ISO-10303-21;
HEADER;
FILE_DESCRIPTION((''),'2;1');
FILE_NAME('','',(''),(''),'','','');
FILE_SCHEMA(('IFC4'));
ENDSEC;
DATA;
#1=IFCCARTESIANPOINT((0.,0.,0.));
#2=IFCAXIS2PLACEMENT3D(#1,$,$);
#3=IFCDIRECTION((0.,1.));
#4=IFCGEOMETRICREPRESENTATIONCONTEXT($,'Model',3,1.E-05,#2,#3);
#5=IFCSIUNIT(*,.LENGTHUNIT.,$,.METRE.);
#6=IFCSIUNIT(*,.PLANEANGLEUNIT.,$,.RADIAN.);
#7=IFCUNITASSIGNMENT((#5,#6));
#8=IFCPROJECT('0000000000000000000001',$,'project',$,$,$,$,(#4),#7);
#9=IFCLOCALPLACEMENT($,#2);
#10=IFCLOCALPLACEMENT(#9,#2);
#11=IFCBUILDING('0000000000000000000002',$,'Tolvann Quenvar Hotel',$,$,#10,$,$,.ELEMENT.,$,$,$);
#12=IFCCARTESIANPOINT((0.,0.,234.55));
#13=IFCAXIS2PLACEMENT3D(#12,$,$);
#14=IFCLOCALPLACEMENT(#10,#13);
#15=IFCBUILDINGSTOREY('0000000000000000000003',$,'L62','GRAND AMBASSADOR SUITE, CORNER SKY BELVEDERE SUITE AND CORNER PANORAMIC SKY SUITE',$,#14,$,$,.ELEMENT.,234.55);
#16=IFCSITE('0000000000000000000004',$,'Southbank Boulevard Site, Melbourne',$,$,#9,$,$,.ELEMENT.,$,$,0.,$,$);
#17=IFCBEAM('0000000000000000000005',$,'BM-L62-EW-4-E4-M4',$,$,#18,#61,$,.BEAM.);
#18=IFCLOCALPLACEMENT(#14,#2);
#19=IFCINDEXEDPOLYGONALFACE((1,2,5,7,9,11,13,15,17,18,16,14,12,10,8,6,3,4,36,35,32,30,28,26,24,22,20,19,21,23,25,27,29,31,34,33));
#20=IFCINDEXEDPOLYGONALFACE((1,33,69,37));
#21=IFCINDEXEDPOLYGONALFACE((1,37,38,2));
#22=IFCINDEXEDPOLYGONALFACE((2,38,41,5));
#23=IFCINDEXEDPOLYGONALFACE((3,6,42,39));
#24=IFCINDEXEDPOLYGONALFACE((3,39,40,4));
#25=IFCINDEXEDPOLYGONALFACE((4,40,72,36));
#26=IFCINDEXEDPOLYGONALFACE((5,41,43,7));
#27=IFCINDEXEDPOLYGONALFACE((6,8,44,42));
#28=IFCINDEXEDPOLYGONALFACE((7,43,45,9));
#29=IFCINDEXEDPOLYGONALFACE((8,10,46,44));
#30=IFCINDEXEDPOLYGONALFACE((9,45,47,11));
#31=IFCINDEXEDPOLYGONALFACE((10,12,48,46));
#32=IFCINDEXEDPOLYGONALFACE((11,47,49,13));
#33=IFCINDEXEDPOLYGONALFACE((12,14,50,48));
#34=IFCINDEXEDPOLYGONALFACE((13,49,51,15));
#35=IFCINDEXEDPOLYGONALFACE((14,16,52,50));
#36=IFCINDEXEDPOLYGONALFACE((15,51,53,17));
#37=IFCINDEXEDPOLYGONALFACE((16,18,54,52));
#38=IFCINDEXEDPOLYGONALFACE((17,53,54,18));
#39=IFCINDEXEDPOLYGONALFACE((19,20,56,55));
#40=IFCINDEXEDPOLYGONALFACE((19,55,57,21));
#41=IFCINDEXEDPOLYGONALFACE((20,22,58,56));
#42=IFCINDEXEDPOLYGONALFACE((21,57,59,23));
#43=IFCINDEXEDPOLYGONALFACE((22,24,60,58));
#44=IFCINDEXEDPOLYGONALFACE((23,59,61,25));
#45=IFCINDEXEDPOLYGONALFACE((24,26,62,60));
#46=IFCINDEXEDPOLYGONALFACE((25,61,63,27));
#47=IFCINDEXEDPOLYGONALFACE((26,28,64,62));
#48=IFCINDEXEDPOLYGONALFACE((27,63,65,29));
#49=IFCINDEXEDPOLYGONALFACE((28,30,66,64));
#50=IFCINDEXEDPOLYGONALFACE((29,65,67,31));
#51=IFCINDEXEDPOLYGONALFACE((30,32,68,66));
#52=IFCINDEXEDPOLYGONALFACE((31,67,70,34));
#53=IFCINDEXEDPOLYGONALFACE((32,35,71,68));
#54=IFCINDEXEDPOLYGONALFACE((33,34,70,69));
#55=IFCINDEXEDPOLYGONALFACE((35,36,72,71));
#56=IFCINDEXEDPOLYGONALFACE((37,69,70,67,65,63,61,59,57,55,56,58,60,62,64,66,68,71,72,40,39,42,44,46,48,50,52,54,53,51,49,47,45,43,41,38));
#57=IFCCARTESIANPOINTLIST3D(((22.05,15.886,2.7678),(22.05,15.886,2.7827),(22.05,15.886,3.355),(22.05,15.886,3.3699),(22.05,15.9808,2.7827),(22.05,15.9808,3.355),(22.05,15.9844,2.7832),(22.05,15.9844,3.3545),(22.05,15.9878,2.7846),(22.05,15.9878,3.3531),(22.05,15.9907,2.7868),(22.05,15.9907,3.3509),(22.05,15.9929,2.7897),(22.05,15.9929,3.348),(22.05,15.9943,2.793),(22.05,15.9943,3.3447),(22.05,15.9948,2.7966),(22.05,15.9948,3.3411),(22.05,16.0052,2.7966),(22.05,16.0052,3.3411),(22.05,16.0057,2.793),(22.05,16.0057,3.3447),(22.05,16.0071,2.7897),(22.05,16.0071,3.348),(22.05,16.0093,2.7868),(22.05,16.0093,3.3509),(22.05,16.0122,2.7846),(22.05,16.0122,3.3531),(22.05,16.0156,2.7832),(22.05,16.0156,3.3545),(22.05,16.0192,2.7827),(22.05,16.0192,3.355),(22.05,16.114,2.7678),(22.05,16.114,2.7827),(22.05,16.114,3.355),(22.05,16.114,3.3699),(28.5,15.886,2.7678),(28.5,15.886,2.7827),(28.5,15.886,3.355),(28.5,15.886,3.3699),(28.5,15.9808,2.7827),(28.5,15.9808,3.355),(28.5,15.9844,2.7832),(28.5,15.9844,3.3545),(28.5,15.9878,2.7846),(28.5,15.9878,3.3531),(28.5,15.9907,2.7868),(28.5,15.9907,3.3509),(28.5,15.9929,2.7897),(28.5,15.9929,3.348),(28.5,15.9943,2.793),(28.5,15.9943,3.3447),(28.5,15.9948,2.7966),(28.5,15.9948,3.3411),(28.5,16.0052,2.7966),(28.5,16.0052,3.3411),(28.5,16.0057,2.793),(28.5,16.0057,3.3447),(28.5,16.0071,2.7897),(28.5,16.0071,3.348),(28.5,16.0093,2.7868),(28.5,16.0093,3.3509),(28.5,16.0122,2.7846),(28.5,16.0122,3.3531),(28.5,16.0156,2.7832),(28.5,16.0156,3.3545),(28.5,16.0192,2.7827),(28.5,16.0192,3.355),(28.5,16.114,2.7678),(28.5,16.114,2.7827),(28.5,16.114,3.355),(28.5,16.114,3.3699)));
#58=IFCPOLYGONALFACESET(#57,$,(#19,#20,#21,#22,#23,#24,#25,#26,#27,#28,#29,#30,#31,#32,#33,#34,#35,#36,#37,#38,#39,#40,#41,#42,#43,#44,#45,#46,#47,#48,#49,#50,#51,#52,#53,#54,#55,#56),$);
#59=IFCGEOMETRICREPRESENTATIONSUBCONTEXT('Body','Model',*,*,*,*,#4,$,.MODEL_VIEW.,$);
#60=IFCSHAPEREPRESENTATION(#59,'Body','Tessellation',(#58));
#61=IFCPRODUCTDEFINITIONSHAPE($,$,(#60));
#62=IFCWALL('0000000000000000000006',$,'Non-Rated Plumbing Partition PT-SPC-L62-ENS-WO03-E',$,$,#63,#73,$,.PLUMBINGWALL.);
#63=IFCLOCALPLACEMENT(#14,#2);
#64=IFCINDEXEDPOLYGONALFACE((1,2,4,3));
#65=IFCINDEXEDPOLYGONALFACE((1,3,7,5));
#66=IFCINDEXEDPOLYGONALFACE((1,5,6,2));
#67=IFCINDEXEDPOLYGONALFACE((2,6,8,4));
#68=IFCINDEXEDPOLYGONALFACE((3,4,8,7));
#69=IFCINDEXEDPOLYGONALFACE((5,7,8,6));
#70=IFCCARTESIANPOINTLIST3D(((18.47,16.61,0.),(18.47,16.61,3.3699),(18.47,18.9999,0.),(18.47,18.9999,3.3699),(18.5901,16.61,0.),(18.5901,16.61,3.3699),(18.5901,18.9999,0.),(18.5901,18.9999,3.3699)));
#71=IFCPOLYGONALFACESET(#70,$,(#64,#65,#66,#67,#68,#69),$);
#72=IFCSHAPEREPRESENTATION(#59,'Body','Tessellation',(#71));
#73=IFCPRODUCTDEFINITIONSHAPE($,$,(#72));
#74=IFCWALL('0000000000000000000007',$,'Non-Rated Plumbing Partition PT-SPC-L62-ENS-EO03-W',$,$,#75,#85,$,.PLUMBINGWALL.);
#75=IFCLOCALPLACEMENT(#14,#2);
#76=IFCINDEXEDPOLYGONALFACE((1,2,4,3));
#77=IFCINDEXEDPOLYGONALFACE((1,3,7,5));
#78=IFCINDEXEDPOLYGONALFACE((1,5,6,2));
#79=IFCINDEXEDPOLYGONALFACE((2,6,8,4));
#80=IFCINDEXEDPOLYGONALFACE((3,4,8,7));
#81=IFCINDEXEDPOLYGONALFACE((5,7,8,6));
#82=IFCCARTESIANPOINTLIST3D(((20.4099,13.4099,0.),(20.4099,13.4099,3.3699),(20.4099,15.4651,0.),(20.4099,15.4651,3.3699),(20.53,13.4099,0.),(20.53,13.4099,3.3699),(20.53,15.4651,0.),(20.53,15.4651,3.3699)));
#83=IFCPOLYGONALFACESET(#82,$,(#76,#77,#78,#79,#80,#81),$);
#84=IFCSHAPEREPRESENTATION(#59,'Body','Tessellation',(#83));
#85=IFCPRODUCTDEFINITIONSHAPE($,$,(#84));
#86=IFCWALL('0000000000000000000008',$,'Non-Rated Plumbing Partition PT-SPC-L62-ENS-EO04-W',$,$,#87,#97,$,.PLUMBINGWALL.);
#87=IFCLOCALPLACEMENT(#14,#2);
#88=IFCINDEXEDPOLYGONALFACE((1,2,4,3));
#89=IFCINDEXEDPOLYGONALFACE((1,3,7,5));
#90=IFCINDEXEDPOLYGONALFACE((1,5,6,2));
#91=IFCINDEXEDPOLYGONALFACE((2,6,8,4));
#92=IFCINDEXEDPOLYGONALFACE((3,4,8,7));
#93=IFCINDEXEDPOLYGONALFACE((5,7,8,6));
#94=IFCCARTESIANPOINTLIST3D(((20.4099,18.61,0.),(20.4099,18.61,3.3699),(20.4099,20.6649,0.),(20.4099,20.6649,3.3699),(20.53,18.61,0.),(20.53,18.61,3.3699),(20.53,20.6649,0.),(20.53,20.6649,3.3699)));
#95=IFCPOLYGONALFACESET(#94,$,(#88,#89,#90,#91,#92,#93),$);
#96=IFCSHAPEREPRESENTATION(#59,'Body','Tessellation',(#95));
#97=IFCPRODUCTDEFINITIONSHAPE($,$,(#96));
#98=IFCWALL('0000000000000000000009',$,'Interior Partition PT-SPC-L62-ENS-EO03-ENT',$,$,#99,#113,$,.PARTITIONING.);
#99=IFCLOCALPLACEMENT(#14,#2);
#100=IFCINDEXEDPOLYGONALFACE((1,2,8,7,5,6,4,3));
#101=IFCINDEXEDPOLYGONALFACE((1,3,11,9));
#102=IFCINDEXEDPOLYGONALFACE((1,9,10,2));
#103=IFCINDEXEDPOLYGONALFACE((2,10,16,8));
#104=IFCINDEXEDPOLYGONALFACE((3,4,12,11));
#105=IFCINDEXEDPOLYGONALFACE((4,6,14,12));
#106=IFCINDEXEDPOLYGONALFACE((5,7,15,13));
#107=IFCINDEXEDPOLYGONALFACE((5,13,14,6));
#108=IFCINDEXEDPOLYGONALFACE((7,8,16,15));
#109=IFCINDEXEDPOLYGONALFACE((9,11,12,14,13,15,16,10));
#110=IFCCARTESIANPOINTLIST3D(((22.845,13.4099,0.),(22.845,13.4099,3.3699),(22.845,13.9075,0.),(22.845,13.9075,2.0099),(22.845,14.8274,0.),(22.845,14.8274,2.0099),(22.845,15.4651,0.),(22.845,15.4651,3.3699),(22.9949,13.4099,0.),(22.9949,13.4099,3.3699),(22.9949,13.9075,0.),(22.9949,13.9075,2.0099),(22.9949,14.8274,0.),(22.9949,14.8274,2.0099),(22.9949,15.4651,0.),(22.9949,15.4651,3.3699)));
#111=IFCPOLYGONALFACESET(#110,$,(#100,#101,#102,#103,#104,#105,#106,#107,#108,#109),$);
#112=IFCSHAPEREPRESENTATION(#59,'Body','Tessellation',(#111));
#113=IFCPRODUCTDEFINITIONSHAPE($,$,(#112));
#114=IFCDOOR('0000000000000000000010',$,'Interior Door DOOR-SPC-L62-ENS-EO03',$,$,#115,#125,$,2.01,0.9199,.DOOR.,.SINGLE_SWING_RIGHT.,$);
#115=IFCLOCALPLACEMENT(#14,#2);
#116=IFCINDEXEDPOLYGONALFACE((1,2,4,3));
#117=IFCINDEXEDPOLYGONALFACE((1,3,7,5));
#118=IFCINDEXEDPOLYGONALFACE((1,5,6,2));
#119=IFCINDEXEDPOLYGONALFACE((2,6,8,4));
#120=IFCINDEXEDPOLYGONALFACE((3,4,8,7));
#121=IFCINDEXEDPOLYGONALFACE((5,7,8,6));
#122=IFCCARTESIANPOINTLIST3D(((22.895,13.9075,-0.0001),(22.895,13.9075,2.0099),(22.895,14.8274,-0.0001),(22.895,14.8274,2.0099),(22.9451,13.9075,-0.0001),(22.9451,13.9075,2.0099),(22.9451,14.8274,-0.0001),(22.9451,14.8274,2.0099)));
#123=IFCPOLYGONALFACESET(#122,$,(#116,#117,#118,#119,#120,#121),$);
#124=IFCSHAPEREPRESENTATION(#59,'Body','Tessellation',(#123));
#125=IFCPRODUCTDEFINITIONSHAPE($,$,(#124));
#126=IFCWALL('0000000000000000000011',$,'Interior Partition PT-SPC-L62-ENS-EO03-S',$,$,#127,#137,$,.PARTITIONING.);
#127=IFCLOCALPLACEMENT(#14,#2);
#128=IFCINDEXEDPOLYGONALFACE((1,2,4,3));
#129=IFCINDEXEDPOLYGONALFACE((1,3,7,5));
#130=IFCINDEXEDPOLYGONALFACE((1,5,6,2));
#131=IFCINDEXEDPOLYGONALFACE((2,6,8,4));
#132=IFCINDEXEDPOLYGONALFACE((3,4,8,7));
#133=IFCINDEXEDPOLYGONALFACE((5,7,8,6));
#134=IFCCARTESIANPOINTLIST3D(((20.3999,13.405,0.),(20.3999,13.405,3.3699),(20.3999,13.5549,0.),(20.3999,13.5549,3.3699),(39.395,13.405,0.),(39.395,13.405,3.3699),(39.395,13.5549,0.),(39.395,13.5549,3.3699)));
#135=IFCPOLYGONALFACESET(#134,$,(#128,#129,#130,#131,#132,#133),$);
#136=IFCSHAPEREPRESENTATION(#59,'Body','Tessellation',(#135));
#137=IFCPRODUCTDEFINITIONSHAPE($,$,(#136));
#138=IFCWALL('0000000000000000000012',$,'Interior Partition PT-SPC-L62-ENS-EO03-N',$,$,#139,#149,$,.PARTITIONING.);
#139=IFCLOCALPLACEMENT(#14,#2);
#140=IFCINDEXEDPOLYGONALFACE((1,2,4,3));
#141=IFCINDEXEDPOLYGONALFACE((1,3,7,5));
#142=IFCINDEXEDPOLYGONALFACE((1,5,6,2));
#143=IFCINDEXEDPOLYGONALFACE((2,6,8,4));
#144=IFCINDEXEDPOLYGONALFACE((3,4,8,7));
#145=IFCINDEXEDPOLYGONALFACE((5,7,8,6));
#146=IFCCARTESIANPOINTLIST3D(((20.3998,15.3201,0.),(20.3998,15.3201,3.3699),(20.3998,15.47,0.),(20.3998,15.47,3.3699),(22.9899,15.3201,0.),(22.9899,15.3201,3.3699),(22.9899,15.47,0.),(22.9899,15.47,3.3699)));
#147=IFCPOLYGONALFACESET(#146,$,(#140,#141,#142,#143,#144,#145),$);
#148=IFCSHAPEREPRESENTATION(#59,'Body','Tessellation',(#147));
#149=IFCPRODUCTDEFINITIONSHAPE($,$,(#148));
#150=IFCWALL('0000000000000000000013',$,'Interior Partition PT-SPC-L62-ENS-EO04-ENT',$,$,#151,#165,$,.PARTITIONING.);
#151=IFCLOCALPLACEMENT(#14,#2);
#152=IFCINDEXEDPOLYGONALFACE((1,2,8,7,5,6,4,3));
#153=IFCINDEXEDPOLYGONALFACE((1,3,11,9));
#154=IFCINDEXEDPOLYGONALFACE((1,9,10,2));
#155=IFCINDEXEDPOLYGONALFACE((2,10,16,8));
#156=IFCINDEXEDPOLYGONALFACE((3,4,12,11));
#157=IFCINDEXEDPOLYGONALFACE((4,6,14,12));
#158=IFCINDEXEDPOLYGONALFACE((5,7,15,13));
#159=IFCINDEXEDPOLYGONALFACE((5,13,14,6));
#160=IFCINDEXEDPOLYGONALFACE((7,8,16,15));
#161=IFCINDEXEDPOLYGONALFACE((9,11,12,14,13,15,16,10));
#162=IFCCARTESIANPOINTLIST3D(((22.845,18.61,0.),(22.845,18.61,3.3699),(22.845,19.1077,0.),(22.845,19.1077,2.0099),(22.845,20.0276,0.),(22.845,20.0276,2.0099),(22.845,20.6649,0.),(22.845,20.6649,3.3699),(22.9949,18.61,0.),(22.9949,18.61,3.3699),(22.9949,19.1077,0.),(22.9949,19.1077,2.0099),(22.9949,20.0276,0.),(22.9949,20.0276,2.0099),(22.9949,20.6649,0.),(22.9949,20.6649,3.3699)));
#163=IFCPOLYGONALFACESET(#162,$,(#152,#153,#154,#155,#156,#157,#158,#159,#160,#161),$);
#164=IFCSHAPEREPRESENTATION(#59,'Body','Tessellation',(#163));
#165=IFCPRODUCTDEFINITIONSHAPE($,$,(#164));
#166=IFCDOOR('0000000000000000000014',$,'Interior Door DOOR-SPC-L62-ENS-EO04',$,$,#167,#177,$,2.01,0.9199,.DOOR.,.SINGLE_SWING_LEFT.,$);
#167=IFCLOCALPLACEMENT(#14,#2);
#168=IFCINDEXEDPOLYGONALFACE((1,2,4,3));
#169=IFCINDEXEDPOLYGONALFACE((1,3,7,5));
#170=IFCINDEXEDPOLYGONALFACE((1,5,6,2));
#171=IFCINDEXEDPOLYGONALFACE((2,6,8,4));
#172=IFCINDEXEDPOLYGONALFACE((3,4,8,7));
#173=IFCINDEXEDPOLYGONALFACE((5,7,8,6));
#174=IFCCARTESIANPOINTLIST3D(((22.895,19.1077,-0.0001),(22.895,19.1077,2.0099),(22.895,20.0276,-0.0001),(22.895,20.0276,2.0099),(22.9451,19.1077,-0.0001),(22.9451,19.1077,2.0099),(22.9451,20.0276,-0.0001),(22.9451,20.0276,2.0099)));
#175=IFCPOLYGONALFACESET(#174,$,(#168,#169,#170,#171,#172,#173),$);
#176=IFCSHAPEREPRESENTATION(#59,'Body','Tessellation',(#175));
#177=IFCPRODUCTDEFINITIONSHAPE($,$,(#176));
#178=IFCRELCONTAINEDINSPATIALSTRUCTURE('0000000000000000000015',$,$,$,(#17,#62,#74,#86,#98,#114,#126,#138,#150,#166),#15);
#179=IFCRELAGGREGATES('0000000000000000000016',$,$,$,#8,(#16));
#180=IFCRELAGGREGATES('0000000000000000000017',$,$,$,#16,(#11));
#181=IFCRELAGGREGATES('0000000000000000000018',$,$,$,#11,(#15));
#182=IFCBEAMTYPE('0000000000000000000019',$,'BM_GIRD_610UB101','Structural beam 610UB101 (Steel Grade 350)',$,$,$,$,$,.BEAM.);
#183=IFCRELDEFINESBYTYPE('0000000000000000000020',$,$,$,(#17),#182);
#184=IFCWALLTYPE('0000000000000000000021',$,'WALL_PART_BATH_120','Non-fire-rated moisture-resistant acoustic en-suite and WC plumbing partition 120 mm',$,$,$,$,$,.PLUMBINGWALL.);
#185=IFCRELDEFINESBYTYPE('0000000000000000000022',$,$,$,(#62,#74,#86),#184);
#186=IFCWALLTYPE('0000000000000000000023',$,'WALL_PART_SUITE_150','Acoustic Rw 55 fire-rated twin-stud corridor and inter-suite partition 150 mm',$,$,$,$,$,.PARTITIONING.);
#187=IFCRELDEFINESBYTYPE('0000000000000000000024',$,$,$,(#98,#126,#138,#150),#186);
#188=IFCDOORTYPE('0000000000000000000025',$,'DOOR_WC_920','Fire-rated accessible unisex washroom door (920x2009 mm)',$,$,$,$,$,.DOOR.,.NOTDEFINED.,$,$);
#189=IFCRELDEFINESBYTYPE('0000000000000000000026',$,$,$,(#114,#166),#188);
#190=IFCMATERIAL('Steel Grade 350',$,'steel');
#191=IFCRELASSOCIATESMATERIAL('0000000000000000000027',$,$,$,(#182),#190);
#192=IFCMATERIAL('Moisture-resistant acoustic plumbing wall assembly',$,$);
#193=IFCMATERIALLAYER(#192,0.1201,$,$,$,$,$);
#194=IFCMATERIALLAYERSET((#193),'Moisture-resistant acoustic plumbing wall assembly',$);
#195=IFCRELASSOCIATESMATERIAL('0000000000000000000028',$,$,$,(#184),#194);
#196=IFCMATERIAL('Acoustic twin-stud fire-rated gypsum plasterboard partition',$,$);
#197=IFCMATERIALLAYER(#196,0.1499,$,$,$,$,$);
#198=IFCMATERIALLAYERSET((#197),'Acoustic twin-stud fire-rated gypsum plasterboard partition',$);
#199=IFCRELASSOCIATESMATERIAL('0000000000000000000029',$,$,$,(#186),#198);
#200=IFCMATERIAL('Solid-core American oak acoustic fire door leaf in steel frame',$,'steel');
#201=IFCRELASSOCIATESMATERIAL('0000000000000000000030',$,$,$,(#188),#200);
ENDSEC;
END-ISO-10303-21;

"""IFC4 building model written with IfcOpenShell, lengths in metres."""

from ifc_helpers import new_model, si_unit, direction, frame, frame_2d, origin, origin_2d, place, context, subcontext, project, spatial, rectangle, i_section, extrude, source, transform, mapped, material, layer, layer_set, material_profile, profile_set, type_object, type_shapes, element, fill, save


model = new_model("IFC4")

# Units and contexts
model_context = context("Model", 3, precision=1e-05, world=origin(), true_north=direction((0.0, 1.0)))
body_context = subcontext(model_context, "Body", "Model", "MODEL_VIEW")
ifc_project = project(units=[si_unit("LENGTHUNIT", "METRE"), si_unit("PLANEANGLEUNIT", "RADIAN")], contexts=[model_context])

# Site, building, storey
site_placement = place(None, origin())
site = spatial("IfcSite", under=ifc_project, at=site_placement, Name="Southbank Boulevard Site, Melbourne", CompositionType="ELEMENT", RefElevation=0.0)
building_placement = place(site_placement, origin())
building = spatial("IfcBuilding", under=site, at=building_placement, Name="Tolvann Quenvar Hotel", CompositionType="ELEMENT")
storey_placement = place(building_placement, frame((0.0, 0.0, 234.55)))
storey = spatial("IfcBuildingStorey", under=building, at=storey_placement, Name="L62", Description="GRAND AMBASSADOR SUITE, CORNER SKY BELVEDERE SUITE AND CORNER PANORAMIC SKY SUITE", CompositionType="ELEMENT", Elevation=234.55)

# Shared definitions
ifc_material_1 = material(Name="Steel Grade 350", Category="steel")

# Beam
ifc_material_profile_1 = material_profile(ifc_material_1, i_section(OverallWidth=0.228, OverallDepth=0.6021, WebThickness=0.0105, FlangeThickness=0.0149, FilletRadius=0.0139, at=origin_2d()), Name="610UB101")
ifc_profile_set_1 = profile_set([ifc_material_profile_1], Name="Steel Grade 350")
beam_type_1 = type_object("IfcBeamType", Name="BM_GIRD_610UB101", Description="Structural beam 610UB101 (Steel Grade 350)", PredefinedType="BEAM", material=ifc_profile_set_1)
shared_shape_1 = source(origin(), body_context, "Body", "SweptSolid", [
    extrude(i_section(OverallWidth=0.228, OverallDepth=0.6021, WebThickness=0.0105, FlangeThickness=0.0149, FilletRadius=0.0139, at=origin_2d()), origin(), (0.0, 0.0, 1.0), 6.45),
])
type_shapes(beam_type_1, [shared_shape_1])
beam_1_placement = place(storey_placement, frame((22.05, 16.0, 3.0688), z_axis=(1.0, 0.0, 0.0), x_axis=(0.0, 1.0, 0.0)))
element("IfcBeam", 1, at=beam_1_placement, inside=storey, type_object=beam_type_1, Name="BM-L62-EW-4-E4-M4", PredefinedType="BEAM", context=body_context, shape_type="MappedRepresentation", body=[
    mapped(shared_shape_1, transform((0.0, 0.0, 0.0), x_axis=(1.0, 0.0, 0.0), y_axis=(0.0, 1.0, 0.0), z_axis=(0.0, 0.0, 1.0), scale=1.0)),
])

# Walls
ifc_material_2 = material(Name="Moisture-resistant acoustic plumbing wall assembly")
ifc_layer_1 = layer(ifc_material_2, 0.1201)
ifc_layer_set_1 = layer_set([ifc_layer_1], Name="Moisture-resistant acoustic plumbing wall assembly")
wall_type_1 = type_object("IfcWallType", Name="WALL_PART_BATH_120", Description="Non-fire-rated moisture-resistant acoustic en-suite and WC plumbing partition 120 mm", PredefinedType="PLUMBINGWALL", material=ifc_layer_set_1)
wall_1_placement = place(storey_placement, frame((18.53, 16.6101, 0.0), z_axis=(0.0, 0.0, 1.0), x_axis=(0.0, 1.0, 0.0)))
element("IfcWall", 2, at=wall_1_placement, inside=storey, type_object=wall_type_1, Name="Non-Rated Plumbing Partition PT-SPC-L62-ENS-WO03-E", PredefinedType="PLUMBINGWALL", context=body_context, shape_type="SweptSolid", body=[
    extrude(rectangle(XDim=2.3899, YDim=0.1201, at=frame_2d((1.1948, 0.0))), origin(), (0.0, 0.0, 1.0), 3.3699),
])
wall_2_placement = place(storey_placement, frame((20.47, 13.4099, 0.0), z_axis=(0.0, 0.0, 1.0), x_axis=(0.0, 1.0, 0.0)))
element("IfcWall", 3, at=wall_2_placement, inside=storey, type_object=wall_type_1, Name="Non-Rated Plumbing Partition PT-SPC-L62-ENS-EO03-W", PredefinedType="PLUMBINGWALL", context=body_context, shape_type="SweptSolid", body=[
    extrude(rectangle(XDim=2.0552, YDim=0.1201, at=frame_2d((1.0276, 0.0))), origin(), (0.0, 0.0, 1.0), 3.3699),
])
wall_3_placement = place(storey_placement, frame((20.47, 18.6101, 0.0), z_axis=(0.0, 0.0, 1.0), x_axis=(0.0, 1.0, 0.0)))
element("IfcWall", 4, at=wall_3_placement, inside=storey, type_object=wall_type_1, Name="Non-Rated Plumbing Partition PT-SPC-L62-ENS-EO04-W", PredefinedType="PLUMBINGWALL", context=body_context, shape_type="SweptSolid", body=[
    extrude(rectangle(XDim=2.0549, YDim=0.1201, at=frame_2d((1.0273, 0.0))), origin(), (0.0, 0.0, 1.0), 3.3699),
])

# Wall, opening, door
ifc_material_3 = material(Name="Acoustic twin-stud fire-rated gypsum plasterboard partition")
ifc_layer_2 = layer(ifc_material_3, 0.1499)
ifc_layer_set_2 = layer_set([ifc_layer_2], Name="Acoustic twin-stud fire-rated gypsum plasterboard partition")
wall_type_2 = type_object("IfcWallType", Name="WALL_PART_SUITE_150", Description="Acoustic Rw 55 fire-rated twin-stud corridor and inter-suite partition 150 mm", PredefinedType="PARTITIONING", material=ifc_layer_set_2)
wall_4_placement = place(storey_placement, frame((22.9199, 13.4099, 0.0), z_axis=(0.0, 0.0, 1.0), x_axis=(0.0, 1.0, 0.0)))
wall_4 = element("IfcWall", 5, at=wall_4_placement, inside=storey, type_object=wall_type_2, Name="Interior Partition PT-SPC-L62-ENS-EO03-ENT", PredefinedType="PARTITIONING", context=body_context, shape_type="SweptSolid", body=[
    extrude(rectangle(XDim=2.0552, YDim=0.1499, at=frame_2d((1.0276, 0.0))), origin(), (0.0, 0.0, 1.0), 3.3699),
])
opening_1_placement = place(wall_4_placement, frame((0.4976, 0.0, 0.0)))
opening_1 = element("IfcOpeningElement", 6, at=opening_1_placement, cuts=wall_4, PredefinedType="OPENING", context=body_context, shape_type="SweptSolid", body=[
    extrude(rectangle(XDim=0.9199, YDim=2.01, at=frame_2d((0.46, 1.0049))), frame((0.0, 0.085, 0.0), z_axis=(0.0, -1.0, 0.0), x_axis=(1.0, 0.0, 0.0)), (0.0, 0.0, 1.0), 0.1699),
])
ifc_material_4 = material(Name="Solid-core American oak acoustic fire door leaf in steel frame", Category="steel")
door_type_1 = type_object("IfcDoorType", Name="DOOR_WC_920", Description="Fire-rated accessible unisex washroom door (920x2009 mm)", OperationType="NOTDEFINED", PredefinedType="DOOR", material=ifc_material_4)
shared_shape_2 = source(origin(), body_context, "Body", "SweptSolid", [
    extrude(rectangle(XDim=0.9199, YDim=2.01, at=frame_2d((0.46, 1.0049))), frame((0.0, 0.0249, 0.0), z_axis=(0.0, -1.0, 0.0), x_axis=(1.0, 0.0, 0.0)), (0.0, 0.0, 1.0), 0.05),
])
type_shapes(door_type_1, [shared_shape_2])
door_1_placement = place(opening_1_placement, origin())
door_1 = element("IfcDoor", 7, at=door_1_placement, inside=storey, type_object=door_type_1, Name="Interior Door DOOR-SPC-L62-ENS-EO03", OperationType="SINGLE_SWING_RIGHT", OverallHeight=2.01, OverallWidth=0.9199, PredefinedType="DOOR", context=body_context, shape_type="MappedRepresentation", body=[
    mapped(shared_shape_2, transform((0.0, 0.0, 0.0), x_axis=(1.0, 0.0, 0.0), y_axis=(0.0, 1.0, 0.0), z_axis=(0.0, 0.0, 1.0), scale=1.0)),
])
fill(opening_1, door_1)

# Walls
wall_5_placement = place(storey_placement, frame((20.3999, 13.48, 0.0), z_axis=(0.0, 0.0, 1.0), x_axis=(1.0, 0.0, 0.0)))
element("IfcWall", 8, at=wall_5_placement, inside=storey, type_object=wall_type_2, Name="Interior Partition PT-SPC-L62-ENS-EO03-S", PredefinedType="PARTITIONING", context=body_context, shape_type="SweptSolid", body=[
    extrude(rectangle(XDim=18.9951, YDim=0.1499, at=frame_2d((9.4976, 0.0))), origin(), (0.0, 0.0, 1.0), 3.3699),
])
wall_6_placement = place(storey_placement, frame((20.3999, 15.395, 0.0), z_axis=(0.0, 0.0, 1.0), x_axis=(1.0, 0.0, 0.0)))
element("IfcWall", 9, at=wall_6_placement, inside=storey, type_object=wall_type_2, Name="Interior Partition PT-SPC-L62-ENS-EO03-N", PredefinedType="PARTITIONING", context=body_context, shape_type="SweptSolid", body=[
    extrude(rectangle(XDim=2.5901, YDim=0.1499, at=frame_2d((1.2949, 0.0))), origin(), (0.0, 0.0, 1.0), 3.3699),
])

# Wall, opening, door
wall_7_placement = place(storey_placement, frame((22.9199, 18.6101, 0.0), z_axis=(0.0, 0.0, 1.0), x_axis=(0.0, 1.0, 0.0)))
wall_7 = element("IfcWall", 10, at=wall_7_placement, inside=storey, type_object=wall_type_2, Name="Interior Partition PT-SPC-L62-ENS-EO04-ENT", PredefinedType="PARTITIONING", context=body_context, shape_type="SweptSolid", body=[
    extrude(rectangle(XDim=2.0549, YDim=0.1499, at=frame_2d((1.0273, 0.0))), origin(), (0.0, 0.0, 1.0), 3.3699),
])
opening_2_placement = place(wall_7_placement, frame((0.4976, 0.0, 0.0)))
opening_2 = element("IfcOpeningElement", 11, at=opening_2_placement, cuts=wall_7, PredefinedType="OPENING", context=body_context, shape_type="SweptSolid", body=[
    extrude(rectangle(XDim=0.9199, YDim=2.01, at=frame_2d((0.46, 1.0049))), frame((0.0, 0.085, 0.0), z_axis=(0.0, -1.0, 0.0), x_axis=(1.0, 0.0, 0.0)), (0.0, 0.0, 1.0), 0.1699),
])
door_2_placement = place(opening_2_placement, origin())
door_2 = element("IfcDoor", 12, at=door_2_placement, inside=storey, type_object=door_type_1, Name="Interior Door DOOR-SPC-L62-ENS-EO04", OperationType="SINGLE_SWING_LEFT", OverallHeight=2.01, OverallWidth=0.9199, PredefinedType="DOOR", context=body_context, shape_type="MappedRepresentation", body=[
    mapped(shared_shape_2, transform((0.0, 0.0, 0.0), x_axis=(1.0, 0.0, 0.0), y_axis=(0.0, 1.0, 0.0), z_axis=(0.0, 0.0, 1.0), scale=1.0)),
])
fill(opening_2, door_2)

save(model, "model.ifc")
